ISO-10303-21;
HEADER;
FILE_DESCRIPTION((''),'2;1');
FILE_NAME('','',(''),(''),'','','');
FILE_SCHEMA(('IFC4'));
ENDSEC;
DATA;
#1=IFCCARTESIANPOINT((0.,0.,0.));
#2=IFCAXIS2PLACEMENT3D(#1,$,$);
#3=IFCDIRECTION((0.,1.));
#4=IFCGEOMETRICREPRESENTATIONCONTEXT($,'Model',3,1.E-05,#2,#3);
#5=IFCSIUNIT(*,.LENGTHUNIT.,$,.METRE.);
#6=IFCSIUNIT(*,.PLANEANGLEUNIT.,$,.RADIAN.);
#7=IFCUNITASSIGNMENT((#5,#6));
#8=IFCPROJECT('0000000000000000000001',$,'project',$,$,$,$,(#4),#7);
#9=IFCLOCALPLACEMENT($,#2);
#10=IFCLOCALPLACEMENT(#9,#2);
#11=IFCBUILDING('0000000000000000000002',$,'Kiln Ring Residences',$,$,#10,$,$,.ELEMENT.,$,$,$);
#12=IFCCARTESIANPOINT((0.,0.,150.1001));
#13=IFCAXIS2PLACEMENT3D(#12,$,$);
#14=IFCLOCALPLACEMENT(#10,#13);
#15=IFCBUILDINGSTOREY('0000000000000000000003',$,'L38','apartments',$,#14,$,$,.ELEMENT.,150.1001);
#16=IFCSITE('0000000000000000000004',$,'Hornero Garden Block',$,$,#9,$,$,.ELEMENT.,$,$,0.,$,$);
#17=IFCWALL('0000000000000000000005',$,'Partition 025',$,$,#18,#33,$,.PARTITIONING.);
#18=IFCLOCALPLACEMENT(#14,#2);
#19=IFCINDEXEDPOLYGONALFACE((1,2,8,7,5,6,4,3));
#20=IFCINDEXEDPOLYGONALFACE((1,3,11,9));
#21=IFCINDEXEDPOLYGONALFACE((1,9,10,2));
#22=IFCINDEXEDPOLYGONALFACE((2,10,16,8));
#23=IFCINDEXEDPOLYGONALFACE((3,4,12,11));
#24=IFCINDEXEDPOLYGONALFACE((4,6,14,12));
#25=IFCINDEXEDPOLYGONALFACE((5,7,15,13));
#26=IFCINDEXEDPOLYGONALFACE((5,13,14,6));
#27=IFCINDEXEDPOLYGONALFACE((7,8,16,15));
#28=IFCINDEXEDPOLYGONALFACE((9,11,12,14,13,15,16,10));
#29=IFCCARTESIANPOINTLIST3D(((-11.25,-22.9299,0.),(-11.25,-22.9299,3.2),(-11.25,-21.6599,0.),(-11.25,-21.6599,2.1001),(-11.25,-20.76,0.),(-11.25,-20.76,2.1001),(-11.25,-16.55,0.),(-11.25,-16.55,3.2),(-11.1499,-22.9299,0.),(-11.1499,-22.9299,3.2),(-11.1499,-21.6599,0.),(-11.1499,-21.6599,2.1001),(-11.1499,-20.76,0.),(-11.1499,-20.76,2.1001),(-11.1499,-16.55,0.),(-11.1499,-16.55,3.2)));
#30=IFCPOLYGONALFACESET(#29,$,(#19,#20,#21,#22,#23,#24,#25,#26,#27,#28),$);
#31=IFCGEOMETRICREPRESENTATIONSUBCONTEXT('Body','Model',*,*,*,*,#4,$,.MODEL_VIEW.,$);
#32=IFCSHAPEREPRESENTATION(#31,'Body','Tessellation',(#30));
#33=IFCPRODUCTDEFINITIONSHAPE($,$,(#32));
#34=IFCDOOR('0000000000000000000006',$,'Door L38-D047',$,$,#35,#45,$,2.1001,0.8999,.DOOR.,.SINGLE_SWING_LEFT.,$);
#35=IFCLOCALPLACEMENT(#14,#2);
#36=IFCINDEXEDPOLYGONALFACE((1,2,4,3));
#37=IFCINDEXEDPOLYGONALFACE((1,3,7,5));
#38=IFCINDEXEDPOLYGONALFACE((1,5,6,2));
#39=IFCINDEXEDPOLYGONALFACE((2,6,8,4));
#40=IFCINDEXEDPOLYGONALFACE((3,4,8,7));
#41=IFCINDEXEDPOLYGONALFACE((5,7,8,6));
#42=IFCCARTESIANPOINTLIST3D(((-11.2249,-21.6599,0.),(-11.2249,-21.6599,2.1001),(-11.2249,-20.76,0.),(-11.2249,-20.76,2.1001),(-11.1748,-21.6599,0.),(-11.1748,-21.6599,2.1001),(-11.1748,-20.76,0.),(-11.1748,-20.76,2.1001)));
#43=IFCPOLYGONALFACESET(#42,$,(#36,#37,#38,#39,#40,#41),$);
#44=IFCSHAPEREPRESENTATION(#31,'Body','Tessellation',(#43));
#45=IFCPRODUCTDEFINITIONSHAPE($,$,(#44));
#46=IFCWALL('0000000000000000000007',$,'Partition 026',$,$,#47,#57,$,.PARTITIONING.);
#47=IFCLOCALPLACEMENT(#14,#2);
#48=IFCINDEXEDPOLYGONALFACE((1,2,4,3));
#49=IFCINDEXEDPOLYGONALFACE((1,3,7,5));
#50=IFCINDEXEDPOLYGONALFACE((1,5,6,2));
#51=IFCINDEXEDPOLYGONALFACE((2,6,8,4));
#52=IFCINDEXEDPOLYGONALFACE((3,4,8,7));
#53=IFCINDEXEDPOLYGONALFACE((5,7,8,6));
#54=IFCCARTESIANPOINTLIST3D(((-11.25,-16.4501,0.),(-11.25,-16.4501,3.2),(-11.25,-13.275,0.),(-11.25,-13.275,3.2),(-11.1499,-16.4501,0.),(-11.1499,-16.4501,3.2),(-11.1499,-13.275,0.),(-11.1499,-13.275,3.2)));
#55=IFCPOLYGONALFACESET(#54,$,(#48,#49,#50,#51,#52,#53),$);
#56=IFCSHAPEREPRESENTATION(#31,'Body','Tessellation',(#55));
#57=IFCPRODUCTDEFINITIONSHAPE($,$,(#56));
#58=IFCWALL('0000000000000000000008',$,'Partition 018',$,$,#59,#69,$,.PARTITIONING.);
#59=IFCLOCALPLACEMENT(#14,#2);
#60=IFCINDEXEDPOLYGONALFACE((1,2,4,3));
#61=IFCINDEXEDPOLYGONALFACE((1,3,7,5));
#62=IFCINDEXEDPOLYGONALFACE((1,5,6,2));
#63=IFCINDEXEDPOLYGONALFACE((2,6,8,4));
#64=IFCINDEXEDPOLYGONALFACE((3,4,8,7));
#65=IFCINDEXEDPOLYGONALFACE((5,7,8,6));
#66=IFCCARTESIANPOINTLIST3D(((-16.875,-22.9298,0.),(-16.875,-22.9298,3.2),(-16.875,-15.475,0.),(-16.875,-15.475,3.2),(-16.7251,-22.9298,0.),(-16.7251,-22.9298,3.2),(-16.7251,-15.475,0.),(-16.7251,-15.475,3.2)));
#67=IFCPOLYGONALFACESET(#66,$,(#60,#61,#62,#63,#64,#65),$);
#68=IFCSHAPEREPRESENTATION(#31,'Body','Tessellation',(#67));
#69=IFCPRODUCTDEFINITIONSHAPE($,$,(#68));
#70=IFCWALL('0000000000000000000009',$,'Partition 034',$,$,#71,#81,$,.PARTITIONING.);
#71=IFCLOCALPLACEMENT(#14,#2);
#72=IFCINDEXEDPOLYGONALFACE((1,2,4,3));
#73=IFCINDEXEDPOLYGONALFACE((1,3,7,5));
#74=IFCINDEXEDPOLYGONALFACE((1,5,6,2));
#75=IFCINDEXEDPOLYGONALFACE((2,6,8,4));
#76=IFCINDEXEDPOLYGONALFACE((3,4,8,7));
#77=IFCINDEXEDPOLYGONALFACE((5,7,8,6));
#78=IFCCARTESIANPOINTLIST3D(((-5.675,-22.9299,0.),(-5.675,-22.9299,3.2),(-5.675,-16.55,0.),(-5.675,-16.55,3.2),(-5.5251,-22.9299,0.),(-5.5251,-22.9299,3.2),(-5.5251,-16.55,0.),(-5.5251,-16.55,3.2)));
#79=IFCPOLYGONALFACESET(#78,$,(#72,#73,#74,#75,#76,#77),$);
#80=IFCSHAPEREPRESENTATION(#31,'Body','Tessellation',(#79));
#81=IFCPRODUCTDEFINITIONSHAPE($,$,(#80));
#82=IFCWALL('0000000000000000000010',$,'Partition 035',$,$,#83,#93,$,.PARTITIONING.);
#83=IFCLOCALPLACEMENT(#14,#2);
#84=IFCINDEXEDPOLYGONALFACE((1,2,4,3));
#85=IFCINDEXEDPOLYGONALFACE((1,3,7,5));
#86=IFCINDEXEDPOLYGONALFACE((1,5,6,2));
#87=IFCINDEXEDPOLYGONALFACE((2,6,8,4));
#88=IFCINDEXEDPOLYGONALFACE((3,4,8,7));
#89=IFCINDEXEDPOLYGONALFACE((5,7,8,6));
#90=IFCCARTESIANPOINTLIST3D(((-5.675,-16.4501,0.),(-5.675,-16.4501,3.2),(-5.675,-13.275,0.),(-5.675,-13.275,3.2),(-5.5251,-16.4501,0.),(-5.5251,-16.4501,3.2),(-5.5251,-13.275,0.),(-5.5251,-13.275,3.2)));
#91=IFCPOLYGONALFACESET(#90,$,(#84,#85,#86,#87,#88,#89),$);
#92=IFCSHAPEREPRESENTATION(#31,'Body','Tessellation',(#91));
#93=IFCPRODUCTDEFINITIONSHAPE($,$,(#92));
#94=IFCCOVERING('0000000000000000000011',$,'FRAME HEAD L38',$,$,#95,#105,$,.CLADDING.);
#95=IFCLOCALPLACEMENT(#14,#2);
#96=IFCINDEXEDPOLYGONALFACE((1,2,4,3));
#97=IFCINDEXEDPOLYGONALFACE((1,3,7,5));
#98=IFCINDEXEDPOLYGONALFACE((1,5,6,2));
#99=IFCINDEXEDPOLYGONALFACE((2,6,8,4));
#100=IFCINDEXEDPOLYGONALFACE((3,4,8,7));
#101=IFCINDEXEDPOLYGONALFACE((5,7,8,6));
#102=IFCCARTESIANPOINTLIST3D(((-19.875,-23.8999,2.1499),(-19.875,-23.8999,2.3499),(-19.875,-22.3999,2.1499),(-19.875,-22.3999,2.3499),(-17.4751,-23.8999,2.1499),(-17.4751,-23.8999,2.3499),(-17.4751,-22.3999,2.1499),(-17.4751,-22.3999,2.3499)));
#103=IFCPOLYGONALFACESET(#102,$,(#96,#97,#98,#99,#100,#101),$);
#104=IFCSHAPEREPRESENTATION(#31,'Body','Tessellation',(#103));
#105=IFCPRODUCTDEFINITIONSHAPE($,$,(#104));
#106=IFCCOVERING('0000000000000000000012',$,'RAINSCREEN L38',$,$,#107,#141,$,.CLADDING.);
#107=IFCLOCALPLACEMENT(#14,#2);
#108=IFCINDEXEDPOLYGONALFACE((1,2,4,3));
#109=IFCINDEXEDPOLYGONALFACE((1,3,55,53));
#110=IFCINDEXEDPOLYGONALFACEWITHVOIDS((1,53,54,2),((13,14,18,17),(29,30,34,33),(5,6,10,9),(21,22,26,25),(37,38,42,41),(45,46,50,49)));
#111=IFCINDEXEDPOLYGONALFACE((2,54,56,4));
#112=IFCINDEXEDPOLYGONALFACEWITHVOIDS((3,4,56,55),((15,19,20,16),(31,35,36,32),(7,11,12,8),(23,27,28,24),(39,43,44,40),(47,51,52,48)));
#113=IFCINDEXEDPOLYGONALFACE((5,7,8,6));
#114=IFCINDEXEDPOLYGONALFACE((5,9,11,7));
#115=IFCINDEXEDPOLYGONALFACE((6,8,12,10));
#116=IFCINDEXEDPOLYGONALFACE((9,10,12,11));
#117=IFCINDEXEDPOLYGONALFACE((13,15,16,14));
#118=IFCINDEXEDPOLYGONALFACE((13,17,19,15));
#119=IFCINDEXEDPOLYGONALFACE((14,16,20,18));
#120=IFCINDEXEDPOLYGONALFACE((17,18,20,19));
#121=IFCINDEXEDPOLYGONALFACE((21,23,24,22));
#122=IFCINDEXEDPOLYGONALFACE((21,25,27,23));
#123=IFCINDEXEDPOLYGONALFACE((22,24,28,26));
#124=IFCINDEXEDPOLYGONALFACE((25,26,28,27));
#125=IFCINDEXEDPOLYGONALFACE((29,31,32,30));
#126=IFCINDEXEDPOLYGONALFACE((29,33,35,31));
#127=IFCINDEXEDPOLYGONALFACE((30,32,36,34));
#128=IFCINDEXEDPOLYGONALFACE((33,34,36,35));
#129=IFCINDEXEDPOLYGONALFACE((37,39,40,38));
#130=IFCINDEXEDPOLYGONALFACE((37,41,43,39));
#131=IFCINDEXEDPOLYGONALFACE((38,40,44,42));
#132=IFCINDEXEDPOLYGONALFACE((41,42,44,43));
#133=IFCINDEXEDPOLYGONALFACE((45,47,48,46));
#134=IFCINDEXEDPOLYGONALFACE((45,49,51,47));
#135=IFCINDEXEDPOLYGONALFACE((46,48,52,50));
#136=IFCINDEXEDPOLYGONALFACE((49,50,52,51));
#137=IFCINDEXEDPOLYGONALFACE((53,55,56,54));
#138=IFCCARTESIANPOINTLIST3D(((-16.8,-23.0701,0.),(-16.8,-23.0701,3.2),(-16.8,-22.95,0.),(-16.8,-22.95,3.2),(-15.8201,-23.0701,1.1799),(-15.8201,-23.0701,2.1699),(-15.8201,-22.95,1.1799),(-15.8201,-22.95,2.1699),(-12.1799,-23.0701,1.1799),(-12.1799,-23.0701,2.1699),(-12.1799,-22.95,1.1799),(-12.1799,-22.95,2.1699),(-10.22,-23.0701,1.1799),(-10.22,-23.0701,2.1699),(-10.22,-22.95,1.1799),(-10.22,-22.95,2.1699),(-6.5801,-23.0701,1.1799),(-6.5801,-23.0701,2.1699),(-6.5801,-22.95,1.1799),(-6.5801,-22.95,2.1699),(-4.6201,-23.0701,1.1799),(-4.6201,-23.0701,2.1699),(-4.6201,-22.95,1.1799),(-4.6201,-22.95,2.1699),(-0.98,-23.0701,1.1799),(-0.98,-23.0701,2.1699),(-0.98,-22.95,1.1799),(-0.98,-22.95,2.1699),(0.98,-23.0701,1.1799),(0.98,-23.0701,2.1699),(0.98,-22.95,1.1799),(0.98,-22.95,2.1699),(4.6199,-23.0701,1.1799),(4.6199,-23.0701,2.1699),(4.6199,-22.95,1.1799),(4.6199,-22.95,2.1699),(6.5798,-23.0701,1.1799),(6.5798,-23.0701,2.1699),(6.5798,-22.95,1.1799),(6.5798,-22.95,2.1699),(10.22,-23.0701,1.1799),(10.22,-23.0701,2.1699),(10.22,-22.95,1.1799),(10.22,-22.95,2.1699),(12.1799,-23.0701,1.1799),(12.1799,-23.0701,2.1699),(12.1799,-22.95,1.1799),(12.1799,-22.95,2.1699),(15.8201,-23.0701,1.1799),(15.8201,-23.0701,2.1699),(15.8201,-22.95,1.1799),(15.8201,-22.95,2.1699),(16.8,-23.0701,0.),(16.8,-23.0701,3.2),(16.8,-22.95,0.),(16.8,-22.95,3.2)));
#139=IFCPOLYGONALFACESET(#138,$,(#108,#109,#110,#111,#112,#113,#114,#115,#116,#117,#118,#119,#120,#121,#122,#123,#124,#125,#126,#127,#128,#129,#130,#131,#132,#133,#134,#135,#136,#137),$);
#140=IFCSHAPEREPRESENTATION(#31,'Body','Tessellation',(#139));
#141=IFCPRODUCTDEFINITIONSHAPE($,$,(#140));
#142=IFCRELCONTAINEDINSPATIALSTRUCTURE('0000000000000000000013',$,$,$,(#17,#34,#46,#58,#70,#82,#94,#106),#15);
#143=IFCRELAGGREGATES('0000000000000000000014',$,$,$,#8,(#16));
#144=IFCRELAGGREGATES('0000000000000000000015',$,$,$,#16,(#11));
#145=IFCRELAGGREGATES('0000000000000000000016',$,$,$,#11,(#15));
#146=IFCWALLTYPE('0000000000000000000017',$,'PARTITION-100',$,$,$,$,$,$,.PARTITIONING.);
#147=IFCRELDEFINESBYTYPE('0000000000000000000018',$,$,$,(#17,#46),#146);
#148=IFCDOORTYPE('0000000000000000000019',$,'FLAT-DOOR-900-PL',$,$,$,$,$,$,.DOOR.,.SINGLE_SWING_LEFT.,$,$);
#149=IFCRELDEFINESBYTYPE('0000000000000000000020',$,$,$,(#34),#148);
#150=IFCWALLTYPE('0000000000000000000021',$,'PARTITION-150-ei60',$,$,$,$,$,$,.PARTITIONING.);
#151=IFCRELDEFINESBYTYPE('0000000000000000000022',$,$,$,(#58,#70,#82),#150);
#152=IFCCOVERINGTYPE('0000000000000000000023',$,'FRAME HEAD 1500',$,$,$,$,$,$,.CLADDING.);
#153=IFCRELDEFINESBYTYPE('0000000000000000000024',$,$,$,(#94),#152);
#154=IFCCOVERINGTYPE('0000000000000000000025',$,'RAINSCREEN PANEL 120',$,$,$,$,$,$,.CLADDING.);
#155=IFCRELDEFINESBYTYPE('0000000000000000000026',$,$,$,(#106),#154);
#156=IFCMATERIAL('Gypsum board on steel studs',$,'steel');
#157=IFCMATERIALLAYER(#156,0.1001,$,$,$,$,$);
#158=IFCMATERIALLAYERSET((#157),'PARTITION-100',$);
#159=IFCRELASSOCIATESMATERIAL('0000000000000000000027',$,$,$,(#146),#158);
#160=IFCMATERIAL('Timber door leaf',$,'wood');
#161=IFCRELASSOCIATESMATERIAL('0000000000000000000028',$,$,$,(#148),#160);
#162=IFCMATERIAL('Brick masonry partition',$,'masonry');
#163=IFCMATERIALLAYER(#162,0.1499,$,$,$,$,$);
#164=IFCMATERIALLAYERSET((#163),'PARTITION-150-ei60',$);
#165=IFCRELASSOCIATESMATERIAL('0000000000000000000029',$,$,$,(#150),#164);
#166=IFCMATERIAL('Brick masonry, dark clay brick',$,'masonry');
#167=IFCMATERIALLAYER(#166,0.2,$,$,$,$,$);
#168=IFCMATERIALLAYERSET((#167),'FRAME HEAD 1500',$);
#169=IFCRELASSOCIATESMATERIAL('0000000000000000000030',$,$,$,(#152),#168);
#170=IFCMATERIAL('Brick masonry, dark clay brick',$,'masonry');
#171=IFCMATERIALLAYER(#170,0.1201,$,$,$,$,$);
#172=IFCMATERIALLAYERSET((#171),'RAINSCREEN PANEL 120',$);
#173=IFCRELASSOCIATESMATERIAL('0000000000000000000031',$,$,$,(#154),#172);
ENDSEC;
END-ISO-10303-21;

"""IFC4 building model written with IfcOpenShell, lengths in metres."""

from ifc_helpers import new_model, si_unit, direction, frame, frame_2d, origin, origin_2d, place, context, subcontext, project, spatial, polyline, rectangle, outline, extrude, material, layer, layer_set, type_object, element, fill, save


model = new_model("IFC4")

# Units and contexts
model_context = context("Model", 3, precision=1e-05, world=origin(), true_north=direction((0.0, 1.0)))
body_context = subcontext(model_context, "Body", "Model", "MODEL_VIEW")
ifc_project = project(units=[si_unit("LENGTHUNIT", "METRE"), si_unit("PLANEANGLEUNIT", "RADIAN")], contexts=[model_context])

# Site, building, storey
site_placement = place(None, origin())
site = spatial("IfcSite", under=ifc_project, at=site_placement, Name="Hornero Garden Block", CompositionType="ELEMENT", RefElevation=0.0)
building_placement = place(site_placement, origin())
building = spatial("IfcBuilding", under=site, at=building_placement, Name="Kiln Ring Residences", CompositionType="ELEMENT")
storey_placement = place(building_placement, frame((0.0, 0.0, 150.1001)))
storey = spatial("IfcBuildingStorey", under=building, at=storey_placement, Name="L38", Description="apartments", CompositionType="ELEMENT", Elevation=150.1001)

# Shared definitions
ifc_material_1 = material(Name="Gypsum board on steel studs", Category="steel")
ifc_layer_1 = layer(ifc_material_1, 0.1001)
ifc_layer_set_1 = layer_set([ifc_layer_1], Name="PARTITION-100")
wall_type_1 = type_object("IfcWallType", Name="PARTITION-100", PredefinedType="PARTITIONING", material=ifc_layer_set_1)
ifc_material_2 = material(Name="Timber door leaf", Category="wood")
door_type_1 = type_object("IfcDoorType", Name="FLAT-DOOR-900-PL", OperationType="SINGLE_SWING_LEFT", PredefinedType="DOOR", material=ifc_material_2)

# Wall, opening, door
wall_1_placement = place(storey_placement, frame((-11.2, -22.9299, 0.0), z_axis=(0.0, 0.0, 1.0), x_axis=(0.0, 1.0, 0.0)))
wall_1 = element("IfcWall", 1, at=wall_1_placement, inside=storey, type_object=wall_type_1, Name="Partition 025", PredefinedType="PARTITIONING", context=body_context, shape_type="SweptSolid", body=[
    extrude(rectangle(XDim=6.3799, YDim=0.1001, at=frame_2d((3.1899, 0.0))), origin(), (0.0, 0.0, 1.0), 3.2),
])
opening_1_placement = place(wall_1_placement, frame((1.27, 0.0, 0.0)))
opening_1 = element("IfcOpeningElement", 2, at=opening_1_placement, cuts=wall_1, PredefinedType="OPENING", context=body_context, shape_type="SweptSolid", body=[
    extrude(rectangle(XDim=0.8999, YDim=2.1001, at=frame_2d((0.45, 1.05))), frame((0.0, 0.0601, 0.0), z_axis=(0.0, -1.0, 0.0), x_axis=(1.0, 0.0, 0.0)), (0.0, 0.0, 1.0), 0.1201),
])
door_1_placement = place(opening_1_placement, origin())
door_1 = element("IfcDoor", 3, at=door_1_placement, inside=storey, type_object=door_type_1, Name="Door L38-D047", OperationType="SINGLE_SWING_LEFT", OverallHeight=2.1001, OverallWidth=0.8999, PredefinedType="DOOR", context=body_context, shape_type="SweptSolid", body=[
    extrude(rectangle(XDim=0.8999, YDim=2.1001, at=frame_2d((0.45, 1.05))), frame((0.0, 0.0249, 0.0), z_axis=(0.0, -1.0, 0.0), x_axis=(1.0, 0.0, 0.0)), (0.0, 0.0, 1.0), 0.05),
])
fill(opening_1, door_1)

# Walls
wall_2_placement = place(storey_placement, frame((-11.2, -16.45, 0.0), z_axis=(0.0, 0.0, 1.0), x_axis=(0.0, 1.0, 0.0)))
element("IfcWall", 4, at=wall_2_placement, inside=storey, type_object=wall_type_1, Name="Partition 026", PredefinedType="PARTITIONING", context=body_context, shape_type="SweptSolid", body=[
    extrude(rectangle(XDim=3.175, YDim=0.1001, at=frame_2d((1.5874, 0.0))), origin(), (0.0, 0.0, 1.0), 3.2),
])
ifc_material_3 = material(Name="Brick masonry partition", Category="masonry")
ifc_layer_2 = layer(ifc_material_3, 0.1499)
ifc_layer_set_2 = layer_set([ifc_layer_2], Name="PARTITION-150-ei60")
wall_type_2 = type_object("IfcWallType", Name="PARTITION-150-ei60", PredefinedType="PARTITIONING", material=ifc_layer_set_2)
wall_3_placement = place(storey_placement, frame((-16.8, -22.9299, 0.0), z_axis=(0.0, 0.0, 1.0), x_axis=(0.0, 1.0, 0.0)))
element("IfcWall", 5, at=wall_3_placement, inside=storey, type_object=wall_type_2, Name="Partition 018", PredefinedType="PARTITIONING", context=body_context, shape_type="SweptSolid", body=[
    extrude(rectangle(XDim=7.4548, YDim=0.1499, at=frame_2d((3.7275, 0.0))), origin(), (0.0, 0.0, 1.0), 3.2),
])
wall_4_placement = place(storey_placement, frame((-5.6001, -22.9299, 0.0), z_axis=(0.0, 0.0, 1.0), x_axis=(0.0, 1.0, 0.0)))
element("IfcWall", 6, at=wall_4_placement, inside=storey, type_object=wall_type_2, Name="Partition 034", PredefinedType="PARTITIONING", context=body_context, shape_type="SweptSolid", body=[
    extrude(rectangle(XDim=6.3799, YDim=0.1499, at=frame_2d((3.1899, 0.0))), origin(), (0.0, 0.0, 1.0), 3.2),
])
wall_5_placement = place(storey_placement, frame((-5.6001, -16.45, 0.0), z_axis=(0.0, 0.0, 1.0), x_axis=(0.0, 1.0, 0.0)))
element("IfcWall", 7, at=wall_5_placement, inside=storey, type_object=wall_type_2, Name="Partition 035", PredefinedType="PARTITIONING", context=body_context, shape_type="SweptSolid", body=[
    extrude(rectangle(XDim=3.175, YDim=0.1499, at=frame_2d((1.5874, 0.0))), origin(), (0.0, 0.0, 1.0), 3.2),
])

# Coverings
ifc_material_4 = material(Name="Brick masonry, dark clay brick", Category="masonry")
ifc_layer_3 = layer(ifc_material_4, 0.2)
ifc_layer_set_3 = layer_set([ifc_layer_3], Name="FRAME HEAD 1500")
covering_type_1 = type_object("IfcCoveringType", Name="FRAME HEAD 1500", PredefinedType="CLADDING", material=ifc_layer_set_3)
covering_1_placement = place(storey_placement, frame((-18.675, -23.1499, 2.1499), z_axis=(0.0, 0.0, 1.0), x_axis=(1.0, 0.0, 0.0)))
element("IfcCovering", 8, at=covering_1_placement, inside=storey, type_object=covering_type_1, Name="FRAME HEAD L38", PredefinedType="CLADDING", context=body_context, shape_type="SweptSolid", body=[
    extrude(rectangle(XDim=2.3999, YDim=1.5, at=origin_2d()), origin(), (0.0, 0.0, 1.0), 0.2),
])
ifc_material_5 = material(Name="Brick masonry, dark clay brick", Category="masonry")
ifc_layer_4 = layer(ifc_material_5, 0.1201)
ifc_layer_set_4 = layer_set([ifc_layer_4], Name="RAINSCREEN PANEL 120")
covering_type_2 = type_object("IfcCoveringType", Name="RAINSCREEN PANEL 120", PredefinedType="CLADDING", material=ifc_layer_set_4)
covering_2_placement = place(storey_placement, frame((-16.8, -23.01, 0.0), z_axis=(0.0, 0.0, 1.0), x_axis=(1.0, 0.0, 0.0)))
element("IfcCovering", 9, at=covering_2_placement, inside=storey, type_object=covering_type_2, Name="RAINSCREEN L38", PredefinedType="CLADDING", context=body_context, shape_type="SweptSolid", body=[
    extrude(outline(polyline([(0.0, 0.0), (33.6001, 0.0), (33.6001, 3.2), (0.0, 3.2), (0.0, 0.0)]), holes=[polyline([(4.6201, 1.1799), (4.6201, 2.1699), (0.98, 2.1699), (0.98, 1.1799), (4.6201, 1.1799)]), polyline([(6.5801, 1.1799), (10.22, 1.1799), (10.22, 2.1699), (6.5801, 2.1699), (6.5801, 1.1799)]), polyline([(12.1799, 1.1799), (15.8201, 1.1799), (15.8201, 2.1699), (12.1799, 2.1699), (12.1799, 1.1799)]), polyline([(21.4199, 1.1799), (21.4199, 2.1699), (17.78, 2.1699), (17.78, 1.1799), (21.4199, 1.1799)]), polyline([(23.3799, 1.1799), (27.02, 1.1799), (27.02, 2.1699), (23.3799, 2.1699), (23.3799, 1.1799)]), polyline([(28.98, 1.1799), (32.6201, 1.1799), (32.6201, 2.1699), (28.98, 2.1699), (28.98, 1.1799)])]), frame((0.0, 0.0601, 0.0), z_axis=(0.0, -1.0, 0.0), x_axis=(1.0, 0.0, 0.0)), (0.0, 0.0, 1.0), 0.1201),
])

save(model, "model.ifc")
